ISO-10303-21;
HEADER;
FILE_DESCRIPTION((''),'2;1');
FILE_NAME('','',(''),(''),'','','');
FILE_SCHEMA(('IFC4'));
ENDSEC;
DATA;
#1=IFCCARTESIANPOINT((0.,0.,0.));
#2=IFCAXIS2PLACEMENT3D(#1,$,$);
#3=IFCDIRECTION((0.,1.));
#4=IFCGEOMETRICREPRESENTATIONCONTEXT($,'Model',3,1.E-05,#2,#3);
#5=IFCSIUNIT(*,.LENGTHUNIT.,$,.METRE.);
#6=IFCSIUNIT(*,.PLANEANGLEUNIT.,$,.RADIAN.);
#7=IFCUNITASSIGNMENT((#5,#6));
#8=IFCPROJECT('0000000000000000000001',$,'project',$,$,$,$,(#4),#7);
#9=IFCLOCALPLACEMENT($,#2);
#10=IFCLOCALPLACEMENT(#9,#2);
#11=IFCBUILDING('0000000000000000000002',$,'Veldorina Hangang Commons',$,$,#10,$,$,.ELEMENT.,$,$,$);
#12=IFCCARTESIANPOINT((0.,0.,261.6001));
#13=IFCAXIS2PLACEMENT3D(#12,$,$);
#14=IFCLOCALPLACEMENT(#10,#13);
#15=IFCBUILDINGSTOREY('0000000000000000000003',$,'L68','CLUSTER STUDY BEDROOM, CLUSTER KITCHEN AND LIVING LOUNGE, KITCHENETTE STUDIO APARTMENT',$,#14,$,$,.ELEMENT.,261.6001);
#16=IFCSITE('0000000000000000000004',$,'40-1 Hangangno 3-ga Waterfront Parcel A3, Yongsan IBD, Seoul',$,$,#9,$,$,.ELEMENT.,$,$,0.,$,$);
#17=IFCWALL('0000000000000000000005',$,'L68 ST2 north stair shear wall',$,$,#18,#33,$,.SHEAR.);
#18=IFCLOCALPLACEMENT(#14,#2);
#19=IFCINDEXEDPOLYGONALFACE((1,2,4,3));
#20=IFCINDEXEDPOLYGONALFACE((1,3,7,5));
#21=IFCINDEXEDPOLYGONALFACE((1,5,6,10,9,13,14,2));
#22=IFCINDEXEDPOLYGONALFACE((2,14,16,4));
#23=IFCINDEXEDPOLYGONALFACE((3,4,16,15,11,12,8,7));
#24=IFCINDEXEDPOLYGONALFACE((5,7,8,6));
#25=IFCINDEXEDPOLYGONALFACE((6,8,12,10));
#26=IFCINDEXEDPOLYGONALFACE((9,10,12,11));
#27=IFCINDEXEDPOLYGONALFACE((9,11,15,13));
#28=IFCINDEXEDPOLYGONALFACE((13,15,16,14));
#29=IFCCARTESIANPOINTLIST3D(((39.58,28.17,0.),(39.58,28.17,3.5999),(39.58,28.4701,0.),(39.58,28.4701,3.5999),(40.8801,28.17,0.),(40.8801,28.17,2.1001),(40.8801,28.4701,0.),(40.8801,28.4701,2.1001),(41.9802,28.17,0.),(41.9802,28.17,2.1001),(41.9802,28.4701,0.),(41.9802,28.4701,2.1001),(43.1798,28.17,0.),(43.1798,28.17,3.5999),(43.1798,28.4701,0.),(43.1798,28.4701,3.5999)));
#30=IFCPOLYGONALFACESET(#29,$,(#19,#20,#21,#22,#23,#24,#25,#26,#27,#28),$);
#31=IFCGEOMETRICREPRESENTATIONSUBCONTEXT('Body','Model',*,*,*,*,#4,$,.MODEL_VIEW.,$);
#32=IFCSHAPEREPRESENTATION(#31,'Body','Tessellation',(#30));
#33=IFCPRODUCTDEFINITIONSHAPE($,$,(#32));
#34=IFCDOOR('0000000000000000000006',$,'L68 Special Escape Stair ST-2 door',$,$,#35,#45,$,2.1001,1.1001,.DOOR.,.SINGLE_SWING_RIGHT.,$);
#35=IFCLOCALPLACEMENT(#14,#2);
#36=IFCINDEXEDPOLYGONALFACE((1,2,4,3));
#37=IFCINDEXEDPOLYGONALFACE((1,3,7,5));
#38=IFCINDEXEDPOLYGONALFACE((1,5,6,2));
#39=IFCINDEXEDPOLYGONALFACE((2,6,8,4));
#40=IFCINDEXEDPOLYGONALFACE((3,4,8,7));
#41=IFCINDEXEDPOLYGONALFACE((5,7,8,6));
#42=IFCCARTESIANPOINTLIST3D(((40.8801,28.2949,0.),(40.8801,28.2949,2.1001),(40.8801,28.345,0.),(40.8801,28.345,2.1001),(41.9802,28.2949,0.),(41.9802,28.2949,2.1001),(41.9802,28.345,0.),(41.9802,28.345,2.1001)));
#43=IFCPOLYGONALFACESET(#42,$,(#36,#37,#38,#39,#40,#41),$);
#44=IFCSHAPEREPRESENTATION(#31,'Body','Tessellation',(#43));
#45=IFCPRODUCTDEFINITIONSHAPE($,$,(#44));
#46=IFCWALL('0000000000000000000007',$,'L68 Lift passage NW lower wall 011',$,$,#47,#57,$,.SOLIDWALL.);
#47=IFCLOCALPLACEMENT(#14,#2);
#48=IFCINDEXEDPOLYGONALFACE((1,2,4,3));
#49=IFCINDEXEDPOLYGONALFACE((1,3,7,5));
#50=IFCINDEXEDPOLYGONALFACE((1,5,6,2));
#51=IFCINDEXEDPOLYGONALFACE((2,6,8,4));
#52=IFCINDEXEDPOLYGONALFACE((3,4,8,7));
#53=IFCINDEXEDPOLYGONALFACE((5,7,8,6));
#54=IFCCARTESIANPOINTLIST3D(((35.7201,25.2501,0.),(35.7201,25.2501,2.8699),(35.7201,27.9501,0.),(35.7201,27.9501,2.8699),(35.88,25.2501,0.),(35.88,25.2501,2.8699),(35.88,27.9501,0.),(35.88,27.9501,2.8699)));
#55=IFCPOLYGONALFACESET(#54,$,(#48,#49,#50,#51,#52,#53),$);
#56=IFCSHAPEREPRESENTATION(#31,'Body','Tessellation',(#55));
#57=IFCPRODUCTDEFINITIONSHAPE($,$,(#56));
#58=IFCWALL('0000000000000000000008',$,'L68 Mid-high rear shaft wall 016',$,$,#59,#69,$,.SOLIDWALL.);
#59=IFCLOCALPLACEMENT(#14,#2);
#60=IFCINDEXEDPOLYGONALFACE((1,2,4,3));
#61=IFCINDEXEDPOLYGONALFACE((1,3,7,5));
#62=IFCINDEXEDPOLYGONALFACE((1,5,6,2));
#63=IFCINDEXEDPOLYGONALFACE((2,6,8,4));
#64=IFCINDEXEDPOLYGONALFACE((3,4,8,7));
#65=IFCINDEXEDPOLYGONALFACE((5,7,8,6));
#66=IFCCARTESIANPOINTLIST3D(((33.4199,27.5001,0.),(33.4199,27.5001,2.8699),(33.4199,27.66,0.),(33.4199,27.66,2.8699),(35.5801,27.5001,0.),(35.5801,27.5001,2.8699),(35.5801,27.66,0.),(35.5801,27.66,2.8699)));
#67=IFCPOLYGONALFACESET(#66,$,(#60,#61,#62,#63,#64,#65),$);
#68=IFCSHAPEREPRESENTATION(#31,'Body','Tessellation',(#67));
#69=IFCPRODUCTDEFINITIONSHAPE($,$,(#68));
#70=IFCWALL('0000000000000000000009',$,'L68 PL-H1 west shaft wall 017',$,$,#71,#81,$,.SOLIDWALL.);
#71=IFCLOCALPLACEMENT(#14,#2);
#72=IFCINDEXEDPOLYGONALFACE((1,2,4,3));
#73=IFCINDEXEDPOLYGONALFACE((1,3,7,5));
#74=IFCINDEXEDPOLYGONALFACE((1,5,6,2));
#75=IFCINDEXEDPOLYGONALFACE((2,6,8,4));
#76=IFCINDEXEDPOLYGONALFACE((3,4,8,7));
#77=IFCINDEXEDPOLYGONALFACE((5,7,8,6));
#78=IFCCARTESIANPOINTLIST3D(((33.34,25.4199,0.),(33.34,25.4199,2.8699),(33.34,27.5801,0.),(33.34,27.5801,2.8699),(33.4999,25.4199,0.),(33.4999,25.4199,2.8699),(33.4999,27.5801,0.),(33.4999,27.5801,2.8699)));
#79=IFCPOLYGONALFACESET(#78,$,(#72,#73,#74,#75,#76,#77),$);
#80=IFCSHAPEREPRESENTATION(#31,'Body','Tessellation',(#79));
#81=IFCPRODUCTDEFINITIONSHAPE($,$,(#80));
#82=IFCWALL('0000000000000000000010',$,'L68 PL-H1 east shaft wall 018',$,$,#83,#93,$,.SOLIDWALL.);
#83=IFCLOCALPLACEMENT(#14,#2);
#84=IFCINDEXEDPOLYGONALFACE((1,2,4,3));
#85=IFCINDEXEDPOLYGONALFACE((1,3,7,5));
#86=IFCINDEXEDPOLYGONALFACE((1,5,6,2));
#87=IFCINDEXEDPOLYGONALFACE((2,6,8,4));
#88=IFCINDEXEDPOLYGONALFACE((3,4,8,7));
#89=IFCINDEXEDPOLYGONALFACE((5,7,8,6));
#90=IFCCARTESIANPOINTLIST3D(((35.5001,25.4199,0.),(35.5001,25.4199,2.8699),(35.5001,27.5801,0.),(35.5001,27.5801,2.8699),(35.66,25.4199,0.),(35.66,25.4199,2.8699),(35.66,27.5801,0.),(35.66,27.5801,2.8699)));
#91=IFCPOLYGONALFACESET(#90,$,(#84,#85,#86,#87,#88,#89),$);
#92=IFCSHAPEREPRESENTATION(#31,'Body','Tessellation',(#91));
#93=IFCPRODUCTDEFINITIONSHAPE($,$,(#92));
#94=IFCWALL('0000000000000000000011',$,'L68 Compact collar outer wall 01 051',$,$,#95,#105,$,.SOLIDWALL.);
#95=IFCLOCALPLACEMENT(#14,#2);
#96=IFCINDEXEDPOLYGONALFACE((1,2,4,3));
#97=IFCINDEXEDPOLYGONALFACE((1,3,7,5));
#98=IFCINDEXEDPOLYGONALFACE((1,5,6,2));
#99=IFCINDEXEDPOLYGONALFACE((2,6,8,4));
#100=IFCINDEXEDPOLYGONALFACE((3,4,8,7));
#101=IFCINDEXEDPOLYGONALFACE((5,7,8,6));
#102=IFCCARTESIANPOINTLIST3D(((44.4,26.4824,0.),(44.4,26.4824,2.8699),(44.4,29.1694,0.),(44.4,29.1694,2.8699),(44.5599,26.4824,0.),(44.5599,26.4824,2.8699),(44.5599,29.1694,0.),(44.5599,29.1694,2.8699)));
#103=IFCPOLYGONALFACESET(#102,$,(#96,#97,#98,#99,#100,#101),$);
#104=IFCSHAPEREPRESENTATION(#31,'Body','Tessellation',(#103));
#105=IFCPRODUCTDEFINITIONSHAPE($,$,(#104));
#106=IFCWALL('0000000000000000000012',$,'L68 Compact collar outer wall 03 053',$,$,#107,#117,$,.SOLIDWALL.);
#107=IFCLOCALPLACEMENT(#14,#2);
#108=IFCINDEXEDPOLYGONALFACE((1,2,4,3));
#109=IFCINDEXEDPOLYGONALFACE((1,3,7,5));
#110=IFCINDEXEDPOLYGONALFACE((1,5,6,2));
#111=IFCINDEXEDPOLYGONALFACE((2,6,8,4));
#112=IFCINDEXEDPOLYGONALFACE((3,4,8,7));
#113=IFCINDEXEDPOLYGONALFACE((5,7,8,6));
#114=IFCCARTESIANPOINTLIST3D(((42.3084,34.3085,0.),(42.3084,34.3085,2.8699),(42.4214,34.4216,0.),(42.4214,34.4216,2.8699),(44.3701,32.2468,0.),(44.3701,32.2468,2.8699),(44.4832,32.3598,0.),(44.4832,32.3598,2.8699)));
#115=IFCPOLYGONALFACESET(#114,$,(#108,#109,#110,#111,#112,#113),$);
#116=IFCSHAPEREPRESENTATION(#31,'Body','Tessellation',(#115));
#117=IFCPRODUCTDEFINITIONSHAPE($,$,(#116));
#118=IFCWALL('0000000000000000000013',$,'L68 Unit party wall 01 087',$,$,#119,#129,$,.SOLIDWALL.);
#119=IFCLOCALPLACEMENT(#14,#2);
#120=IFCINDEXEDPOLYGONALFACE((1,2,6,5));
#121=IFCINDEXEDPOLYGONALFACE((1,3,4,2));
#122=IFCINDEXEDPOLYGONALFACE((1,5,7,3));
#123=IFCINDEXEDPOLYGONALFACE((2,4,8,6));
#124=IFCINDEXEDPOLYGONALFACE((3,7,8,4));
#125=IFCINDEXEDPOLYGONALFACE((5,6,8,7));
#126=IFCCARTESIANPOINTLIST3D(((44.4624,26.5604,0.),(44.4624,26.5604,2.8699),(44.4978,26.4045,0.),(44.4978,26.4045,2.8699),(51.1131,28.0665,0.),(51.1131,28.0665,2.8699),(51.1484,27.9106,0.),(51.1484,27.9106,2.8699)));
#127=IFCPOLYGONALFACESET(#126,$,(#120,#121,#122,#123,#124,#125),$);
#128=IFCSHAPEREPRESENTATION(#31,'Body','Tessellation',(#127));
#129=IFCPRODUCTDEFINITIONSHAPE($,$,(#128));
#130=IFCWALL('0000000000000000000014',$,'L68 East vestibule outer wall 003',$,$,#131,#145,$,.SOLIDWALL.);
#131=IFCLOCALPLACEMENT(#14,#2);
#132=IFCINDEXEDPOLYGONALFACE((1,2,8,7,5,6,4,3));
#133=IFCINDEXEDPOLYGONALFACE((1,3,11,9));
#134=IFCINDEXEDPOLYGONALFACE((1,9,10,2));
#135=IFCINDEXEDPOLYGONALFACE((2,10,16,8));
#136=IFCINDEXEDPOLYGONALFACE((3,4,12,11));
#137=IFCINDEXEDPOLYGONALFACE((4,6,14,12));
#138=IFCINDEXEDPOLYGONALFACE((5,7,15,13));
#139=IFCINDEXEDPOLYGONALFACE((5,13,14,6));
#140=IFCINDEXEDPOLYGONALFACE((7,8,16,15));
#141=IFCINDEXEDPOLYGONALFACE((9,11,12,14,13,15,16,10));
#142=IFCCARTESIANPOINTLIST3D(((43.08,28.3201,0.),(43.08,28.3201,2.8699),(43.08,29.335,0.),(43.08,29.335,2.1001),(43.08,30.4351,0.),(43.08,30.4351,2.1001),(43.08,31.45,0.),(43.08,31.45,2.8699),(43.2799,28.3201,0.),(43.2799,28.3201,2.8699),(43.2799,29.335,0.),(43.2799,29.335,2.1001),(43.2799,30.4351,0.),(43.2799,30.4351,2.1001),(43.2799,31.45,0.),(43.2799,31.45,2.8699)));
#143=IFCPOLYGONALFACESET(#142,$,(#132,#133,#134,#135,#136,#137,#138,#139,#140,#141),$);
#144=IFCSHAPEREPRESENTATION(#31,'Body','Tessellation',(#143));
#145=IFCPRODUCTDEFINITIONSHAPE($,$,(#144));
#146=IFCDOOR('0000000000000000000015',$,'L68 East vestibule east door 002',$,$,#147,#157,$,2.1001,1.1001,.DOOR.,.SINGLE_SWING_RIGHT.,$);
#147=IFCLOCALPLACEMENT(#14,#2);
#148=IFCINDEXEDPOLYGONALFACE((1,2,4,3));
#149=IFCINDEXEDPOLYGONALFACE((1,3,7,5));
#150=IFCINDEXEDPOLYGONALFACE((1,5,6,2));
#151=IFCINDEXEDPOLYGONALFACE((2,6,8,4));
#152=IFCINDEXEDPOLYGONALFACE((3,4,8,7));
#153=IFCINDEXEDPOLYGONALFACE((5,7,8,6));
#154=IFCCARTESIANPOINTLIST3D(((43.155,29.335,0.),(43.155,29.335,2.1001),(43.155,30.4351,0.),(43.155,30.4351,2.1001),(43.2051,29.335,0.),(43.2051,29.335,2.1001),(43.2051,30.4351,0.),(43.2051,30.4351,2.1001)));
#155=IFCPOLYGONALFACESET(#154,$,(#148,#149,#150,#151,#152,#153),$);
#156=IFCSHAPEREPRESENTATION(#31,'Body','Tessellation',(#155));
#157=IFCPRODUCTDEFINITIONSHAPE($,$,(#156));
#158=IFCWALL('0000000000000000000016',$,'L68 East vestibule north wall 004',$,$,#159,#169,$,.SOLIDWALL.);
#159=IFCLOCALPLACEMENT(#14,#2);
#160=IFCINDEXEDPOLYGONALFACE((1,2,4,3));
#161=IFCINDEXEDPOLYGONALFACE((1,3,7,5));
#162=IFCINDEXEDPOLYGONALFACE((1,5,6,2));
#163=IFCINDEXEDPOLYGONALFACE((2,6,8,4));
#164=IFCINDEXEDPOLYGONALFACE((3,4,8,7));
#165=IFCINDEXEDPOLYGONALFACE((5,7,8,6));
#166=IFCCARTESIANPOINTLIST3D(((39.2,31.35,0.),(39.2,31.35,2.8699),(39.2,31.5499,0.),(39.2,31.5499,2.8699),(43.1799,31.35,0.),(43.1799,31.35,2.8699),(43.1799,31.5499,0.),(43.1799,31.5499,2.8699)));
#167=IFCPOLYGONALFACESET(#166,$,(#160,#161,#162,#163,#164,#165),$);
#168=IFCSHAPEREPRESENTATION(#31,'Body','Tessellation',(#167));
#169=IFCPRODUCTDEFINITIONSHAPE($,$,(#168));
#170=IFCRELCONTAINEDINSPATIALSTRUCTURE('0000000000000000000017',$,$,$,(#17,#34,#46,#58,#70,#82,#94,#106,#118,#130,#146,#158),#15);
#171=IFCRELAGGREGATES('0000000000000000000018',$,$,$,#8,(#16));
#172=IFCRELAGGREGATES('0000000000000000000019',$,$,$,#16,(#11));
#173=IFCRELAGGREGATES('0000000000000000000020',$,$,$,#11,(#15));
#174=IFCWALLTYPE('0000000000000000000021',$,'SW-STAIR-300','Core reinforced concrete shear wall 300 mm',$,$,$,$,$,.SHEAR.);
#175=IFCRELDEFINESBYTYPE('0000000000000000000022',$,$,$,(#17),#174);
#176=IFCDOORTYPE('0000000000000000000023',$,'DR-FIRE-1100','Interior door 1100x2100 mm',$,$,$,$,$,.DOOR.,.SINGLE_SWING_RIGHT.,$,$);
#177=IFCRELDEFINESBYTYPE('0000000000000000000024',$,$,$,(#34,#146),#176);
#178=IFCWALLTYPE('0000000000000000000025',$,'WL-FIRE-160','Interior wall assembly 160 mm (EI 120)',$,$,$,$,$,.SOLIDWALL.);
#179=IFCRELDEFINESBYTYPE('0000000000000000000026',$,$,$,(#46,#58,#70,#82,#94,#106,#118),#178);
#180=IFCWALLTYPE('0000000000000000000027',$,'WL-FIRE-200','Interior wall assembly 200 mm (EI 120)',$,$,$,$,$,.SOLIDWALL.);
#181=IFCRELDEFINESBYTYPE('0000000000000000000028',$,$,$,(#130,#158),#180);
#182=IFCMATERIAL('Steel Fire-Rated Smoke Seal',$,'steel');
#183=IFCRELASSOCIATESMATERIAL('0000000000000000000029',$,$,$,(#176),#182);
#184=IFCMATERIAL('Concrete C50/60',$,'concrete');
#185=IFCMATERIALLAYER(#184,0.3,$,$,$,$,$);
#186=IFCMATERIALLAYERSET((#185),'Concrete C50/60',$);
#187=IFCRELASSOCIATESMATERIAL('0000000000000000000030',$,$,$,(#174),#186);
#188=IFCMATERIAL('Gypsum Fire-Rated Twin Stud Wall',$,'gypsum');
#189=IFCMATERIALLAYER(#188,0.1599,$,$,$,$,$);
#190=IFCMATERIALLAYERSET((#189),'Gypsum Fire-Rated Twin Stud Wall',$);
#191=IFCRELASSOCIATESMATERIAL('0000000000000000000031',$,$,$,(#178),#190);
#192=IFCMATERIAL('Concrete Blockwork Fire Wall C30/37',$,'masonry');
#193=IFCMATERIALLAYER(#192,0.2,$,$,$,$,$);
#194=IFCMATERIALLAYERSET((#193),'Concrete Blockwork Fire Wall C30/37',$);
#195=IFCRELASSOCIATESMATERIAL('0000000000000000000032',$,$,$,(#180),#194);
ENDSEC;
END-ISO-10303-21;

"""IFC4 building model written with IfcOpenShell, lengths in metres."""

from ifc_helpers import new_model, si_unit, direction, frame, frame_2d, origin, place, context, subcontext, project, spatial, rectangle, extrude, material, layer, layer_set, type_object, element, fill, save


model = new_model("IFC4")

# Units and contexts
model_context = context("Model", 3, precision=1e-05, world=origin(), true_north=direction((0.0, 1.0)))
body_context = subcontext(model_context, "Body", "Model", "MODEL_VIEW")
ifc_project = project(units=[si_unit("LENGTHUNIT", "METRE"), si_unit("PLANEANGLEUNIT", "RADIAN")], contexts=[model_context])

# Site, building, storey
site_placement = place(None, origin())
site = spatial("IfcSite", under=ifc_project, at=site_placement, Name="40-1 Hangangno 3-ga Waterfront Parcel A3, Yongsan IBD, Seoul", CompositionType="ELEMENT", RefElevation=0.0)
building_placement = place(site_placement, origin())
building = spatial("IfcBuilding", under=site, at=building_placement, Name="Veldorina Hangang Commons", CompositionType="ELEMENT")
storey_placement = place(building_placement, frame((0.0, 0.0, 261.6001)))
storey = spatial("IfcBuildingStorey", under=building, at=storey_placement, Name="L68", Description="CLUSTER STUDY BEDROOM, CLUSTER KITCHEN AND LIVING LOUNGE, KITCHENETTE STUDIO APARTMENT", CompositionType="ELEMENT", Elevation=261.6001)

# Shared definitions
ifc_material_1 = material(Name="Concrete C50/60", Category="concrete")

# Wall, opening, door
ifc_material_2 = material(Name="Steel Fire-Rated Smoke Seal", Category="steel")
door_type_1 = type_object("IfcDoorType", Name="DR-FIRE-1100", Description="Interior door 1100x2100 mm", OperationType="SINGLE_SWING_RIGHT", PredefinedType="DOOR", material=ifc_material_2)
ifc_layer_1 = layer(ifc_material_1, 0.3)
ifc_layer_set_1 = layer_set([ifc_layer_1], Name="Concrete C50/60")
wall_type_1 = type_object("IfcWallType", Name="SW-STAIR-300", Description="Core reinforced concrete shear wall 300 mm", PredefinedType="SHEAR", material=ifc_layer_set_1)
wall_1_placement = place(storey_placement, frame((39.5801, 28.3201, 0.0), z_axis=(0.0, 0.0, 1.0), x_axis=(1.0, 0.0, 0.0)))
wall_1 = element("IfcWall", 1, at=wall_1_placement, inside=storey, type_object=wall_type_1, Name="L68 ST2 north stair shear wall", PredefinedType="SHEAR", context=body_context, shape_type="SweptSolid", body=[
    extrude(rectangle(XDim=3.5999, YDim=0.3, at=frame_2d((1.7998, 0.0))), origin(), (0.0, 0.0, 1.0), 3.5999),
])
opening_1_placement = place(wall_1_placement, frame((1.3, 0.0, 0.0)))
opening_1 = element("IfcOpeningElement", 2, at=opening_1_placement, cuts=wall_1, PredefinedType="OPENING", context=body_context, shape_type="SweptSolid", body=[
    extrude(rectangle(XDim=1.1001, YDim=2.1001, at=frame_2d((0.55, 1.05))), frame((0.0, 0.1602, 0.0), z_axis=(0.0, -1.0, 0.0), x_axis=(1.0, 0.0, 0.0)), (0.0, 0.0, 1.0), 0.3201),
])
door_1_placement = place(opening_1_placement, origin())
door_1 = element("IfcDoor", 3, at=door_1_placement, inside=storey, type_object=door_type_1, Name="L68 Special Escape Stair ST-2 door", OperationType="SINGLE_SWING_RIGHT", OverallHeight=2.1001, OverallWidth=1.1001, PredefinedType="DOOR", context=body_context, shape_type="SweptSolid", body=[
    extrude(rectangle(XDim=1.1001, YDim=2.1001, at=frame_2d((0.55, 1.05))), frame((0.0, 0.0249, 0.0), z_axis=(0.0, -1.0, 0.0), x_axis=(1.0, 0.0, 0.0)), (0.0, 0.0, 1.0), 0.05),
])
fill(opening_1, door_1)

# Wall
ifc_material_3 = material(Name="Gypsum Fire-Rated Twin Stud Wall", Category="gypsum")
ifc_layer_2 = layer(ifc_material_3, 0.1599)
ifc_layer_set_2 = layer_set([ifc_layer_2], Name="Gypsum Fire-Rated Twin Stud Wall")
wall_type_2 = type_object("IfcWallType", Name="WL-FIRE-160", Description="Interior wall assembly 160 mm (EI 120)", PredefinedType="SOLIDWALL", material=ifc_layer_set_2)
wall_2_placement = place(storey_placement, frame((35.8, 25.25, 0.0), z_axis=(0.0, 0.0, 1.0), x_axis=(0.0, 1.0, 0.0)))
element("IfcWall", 4, at=wall_2_placement, inside=storey, type_object=wall_type_2, Name="L68 Lift passage NW lower wall 011", PredefinedType="SOLIDWALL", context=body_context, shape_type="SweptSolid", body=[
    extrude(rectangle(XDim=2.7, YDim=0.1599, at=frame_2d((1.3501, 0.0))), origin(), (0.0, 0.0, 1.0), 2.8699),
])

# Walls
for number, where, z_axis, x_axis, name in (
    (5, (33.4199, 27.5801, 0.0), (0.0, 0.0, 1.0), (1.0, 0.0, 0.0), "L68 Mid-high rear shaft wall 016"),
    (6, (33.4199, 25.4199, 0.0), (0.0, 0.0, 1.0), (0.0, 1.0, 0.0), "L68 PL-H1 west shaft wall 017"),
    (7, (35.5801, 25.4199, 0.0), (0.0, 0.0, 1.0), (0.0, 1.0, 0.0), "L68 PL-H1 east shaft wall 018"),
):
    element("IfcWall", number, at=place(storey_placement, frame(where, z_axis=z_axis, x_axis=x_axis)), inside=storey, type_object=wall_type_2, Name=name, PredefinedType="SOLIDWALL", context=body_context, shape_type="SweptSolid", body=[
        extrude(rectangle(XDim=2.1602, YDim=0.1599, at=frame_2d((1.0801, 0.0))), origin(), (0.0, 0.0, 1.0), 2.8699),
    ])
wall_3_placement = place(storey_placement, frame((44.48, 26.4824, 0.0), z_axis=(0.0, 0.0, 1.0), x_axis=(0.0, 1.0, 0.0)))
element("IfcWall", 8, at=wall_3_placement, inside=storey, type_object=wall_type_2, Name="L68 Compact collar outer wall 01 051", PredefinedType="SOLIDWALL", context=body_context, shape_type="SweptSolid", body=[
    extrude(rectangle(XDim=2.687, YDim=0.1599, at=frame_2d((1.3435, 0.0))), origin(), (0.0, 0.0, 1.0), 2.8699),
])
wall_4_placement = place(storey_placement, frame((44.4268, 32.3032, 0.0), z_axis=(0.0, 0.0, 1.0), x_axis=(-0.707107, 0.707107, 0.0)))
element("IfcWall", 9, at=wall_4_placement, inside=storey, type_object=wall_type_2, Name="L68 Compact collar outer wall 03 053", PredefinedType="SOLIDWALL", context=body_context, shape_type="SweptSolid", body=[
    extrude(rectangle(XDim=2.9158, YDim=0.1599, at=frame_2d((1.458, 0.0))), origin(), (0.0, 0.0, 1.0), 2.8699),
])
wall_5_placement = place(storey_placement, frame((44.48, 26.4824, 0.0), z_axis=(0.0, 0.0, 1.0), x_axis=(0.975304, 0.220867, 0.0)))
element("IfcWall", 10, at=wall_5_placement, inside=storey, type_object=wall_type_2, Name="L68 Unit party wall 01 087", PredefinedType="SOLIDWALL", context=body_context, shape_type="SweptSolid", body=[
    extrude(rectangle(XDim=6.8191, YDim=0.1599, at=frame_2d((3.4097, 0.0))), origin(), (0.0, 0.0, 1.0), 2.8699),
])

# Wall, opening, door
ifc_material_4 = material(Name="Concrete Blockwork Fire Wall C30/37", Category="masonry")
ifc_layer_3 = layer(ifc_material_4, 0.2)
ifc_layer_set_3 = layer_set([ifc_layer_3], Name="Concrete Blockwork Fire Wall C30/37")
wall_type_3 = type_object("IfcWallType", Name="WL-FIRE-200", Description="Interior wall assembly 200 mm (EI 120)", PredefinedType="SOLIDWALL", material=ifc_layer_set_3)
wall_6_placement = place(storey_placement, frame((43.1799, 28.3201, 0.0), z_axis=(0.0, 0.0, 1.0), x_axis=(0.0, 1.0, 0.0)))
wall_6 = element("IfcWall", 11, at=wall_6_placement, inside=storey, type_object=wall_type_3, Name="L68 East vestibule outer wall 003", PredefinedType="SOLIDWALL", context=body_context, shape_type="SweptSolid", body=[
    extrude(rectangle(XDim=3.1299, YDim=0.2, at=frame_2d((1.5649, 0.0))), origin(), (0.0, 0.0, 1.0), 2.8699),
])
opening_2_placement = place(wall_6_placement, frame((1.0149, 0.0, 0.0)))
opening_2 = element("IfcOpeningElement", 12, at=opening_2_placement, cuts=wall_6, PredefinedType="OPENING", context=body_context, shape_type="SweptSolid", body=[
    extrude(rectangle(XDim=1.1001, YDim=2.1001, at=frame_2d((0.55, 1.05))), frame((0.0, 0.1099, 0.0), z_axis=(0.0, -1.0, 0.0), x_axis=(1.0, 0.0, 0.0)), (0.0, 0.0, 1.0), 0.22),
])
door_2_placement = place(opening_2_placement, origin())
door_2 = element("IfcDoor", 13, at=door_2_placement, inside=storey, type_object=door_type_1, Name="L68 East vestibule east door 002", OperationType="SINGLE_SWING_RIGHT", OverallHeight=2.1001, OverallWidth=1.1001, PredefinedType="DOOR", context=body_context, shape_type="SweptSolid", body=[
    extrude(rectangle(XDim=1.1001, YDim=2.1001, at=frame_2d((0.55, 1.05))), frame((0.0, 0.0249, 0.0), z_axis=(0.0, -1.0, 0.0), x_axis=(1.0, 0.0, 0.0)), (0.0, 0.0, 1.0), 0.05),
])
fill(opening_2, door_2)

# Wall
wall_7_placement = place(storey_placement, frame((39.2, 31.45, 0.0), z_axis=(0.0, 0.0, 1.0), x_axis=(1.0, 0.0, 0.0)))
element("IfcWall", 14, at=wall_7_placement, inside=storey, type_object=wall_type_3, Name="L68 East vestibule north wall 004", PredefinedType="SOLIDWALL", context=body_context, shape_type="SweptSolid", body=[
    extrude(rectangle(XDim=3.98, YDim=0.2, at=frame_2d((1.99, 0.0))), origin(), (0.0, 0.0, 1.0), 2.8699),
])

save(model, "model.ifc")
